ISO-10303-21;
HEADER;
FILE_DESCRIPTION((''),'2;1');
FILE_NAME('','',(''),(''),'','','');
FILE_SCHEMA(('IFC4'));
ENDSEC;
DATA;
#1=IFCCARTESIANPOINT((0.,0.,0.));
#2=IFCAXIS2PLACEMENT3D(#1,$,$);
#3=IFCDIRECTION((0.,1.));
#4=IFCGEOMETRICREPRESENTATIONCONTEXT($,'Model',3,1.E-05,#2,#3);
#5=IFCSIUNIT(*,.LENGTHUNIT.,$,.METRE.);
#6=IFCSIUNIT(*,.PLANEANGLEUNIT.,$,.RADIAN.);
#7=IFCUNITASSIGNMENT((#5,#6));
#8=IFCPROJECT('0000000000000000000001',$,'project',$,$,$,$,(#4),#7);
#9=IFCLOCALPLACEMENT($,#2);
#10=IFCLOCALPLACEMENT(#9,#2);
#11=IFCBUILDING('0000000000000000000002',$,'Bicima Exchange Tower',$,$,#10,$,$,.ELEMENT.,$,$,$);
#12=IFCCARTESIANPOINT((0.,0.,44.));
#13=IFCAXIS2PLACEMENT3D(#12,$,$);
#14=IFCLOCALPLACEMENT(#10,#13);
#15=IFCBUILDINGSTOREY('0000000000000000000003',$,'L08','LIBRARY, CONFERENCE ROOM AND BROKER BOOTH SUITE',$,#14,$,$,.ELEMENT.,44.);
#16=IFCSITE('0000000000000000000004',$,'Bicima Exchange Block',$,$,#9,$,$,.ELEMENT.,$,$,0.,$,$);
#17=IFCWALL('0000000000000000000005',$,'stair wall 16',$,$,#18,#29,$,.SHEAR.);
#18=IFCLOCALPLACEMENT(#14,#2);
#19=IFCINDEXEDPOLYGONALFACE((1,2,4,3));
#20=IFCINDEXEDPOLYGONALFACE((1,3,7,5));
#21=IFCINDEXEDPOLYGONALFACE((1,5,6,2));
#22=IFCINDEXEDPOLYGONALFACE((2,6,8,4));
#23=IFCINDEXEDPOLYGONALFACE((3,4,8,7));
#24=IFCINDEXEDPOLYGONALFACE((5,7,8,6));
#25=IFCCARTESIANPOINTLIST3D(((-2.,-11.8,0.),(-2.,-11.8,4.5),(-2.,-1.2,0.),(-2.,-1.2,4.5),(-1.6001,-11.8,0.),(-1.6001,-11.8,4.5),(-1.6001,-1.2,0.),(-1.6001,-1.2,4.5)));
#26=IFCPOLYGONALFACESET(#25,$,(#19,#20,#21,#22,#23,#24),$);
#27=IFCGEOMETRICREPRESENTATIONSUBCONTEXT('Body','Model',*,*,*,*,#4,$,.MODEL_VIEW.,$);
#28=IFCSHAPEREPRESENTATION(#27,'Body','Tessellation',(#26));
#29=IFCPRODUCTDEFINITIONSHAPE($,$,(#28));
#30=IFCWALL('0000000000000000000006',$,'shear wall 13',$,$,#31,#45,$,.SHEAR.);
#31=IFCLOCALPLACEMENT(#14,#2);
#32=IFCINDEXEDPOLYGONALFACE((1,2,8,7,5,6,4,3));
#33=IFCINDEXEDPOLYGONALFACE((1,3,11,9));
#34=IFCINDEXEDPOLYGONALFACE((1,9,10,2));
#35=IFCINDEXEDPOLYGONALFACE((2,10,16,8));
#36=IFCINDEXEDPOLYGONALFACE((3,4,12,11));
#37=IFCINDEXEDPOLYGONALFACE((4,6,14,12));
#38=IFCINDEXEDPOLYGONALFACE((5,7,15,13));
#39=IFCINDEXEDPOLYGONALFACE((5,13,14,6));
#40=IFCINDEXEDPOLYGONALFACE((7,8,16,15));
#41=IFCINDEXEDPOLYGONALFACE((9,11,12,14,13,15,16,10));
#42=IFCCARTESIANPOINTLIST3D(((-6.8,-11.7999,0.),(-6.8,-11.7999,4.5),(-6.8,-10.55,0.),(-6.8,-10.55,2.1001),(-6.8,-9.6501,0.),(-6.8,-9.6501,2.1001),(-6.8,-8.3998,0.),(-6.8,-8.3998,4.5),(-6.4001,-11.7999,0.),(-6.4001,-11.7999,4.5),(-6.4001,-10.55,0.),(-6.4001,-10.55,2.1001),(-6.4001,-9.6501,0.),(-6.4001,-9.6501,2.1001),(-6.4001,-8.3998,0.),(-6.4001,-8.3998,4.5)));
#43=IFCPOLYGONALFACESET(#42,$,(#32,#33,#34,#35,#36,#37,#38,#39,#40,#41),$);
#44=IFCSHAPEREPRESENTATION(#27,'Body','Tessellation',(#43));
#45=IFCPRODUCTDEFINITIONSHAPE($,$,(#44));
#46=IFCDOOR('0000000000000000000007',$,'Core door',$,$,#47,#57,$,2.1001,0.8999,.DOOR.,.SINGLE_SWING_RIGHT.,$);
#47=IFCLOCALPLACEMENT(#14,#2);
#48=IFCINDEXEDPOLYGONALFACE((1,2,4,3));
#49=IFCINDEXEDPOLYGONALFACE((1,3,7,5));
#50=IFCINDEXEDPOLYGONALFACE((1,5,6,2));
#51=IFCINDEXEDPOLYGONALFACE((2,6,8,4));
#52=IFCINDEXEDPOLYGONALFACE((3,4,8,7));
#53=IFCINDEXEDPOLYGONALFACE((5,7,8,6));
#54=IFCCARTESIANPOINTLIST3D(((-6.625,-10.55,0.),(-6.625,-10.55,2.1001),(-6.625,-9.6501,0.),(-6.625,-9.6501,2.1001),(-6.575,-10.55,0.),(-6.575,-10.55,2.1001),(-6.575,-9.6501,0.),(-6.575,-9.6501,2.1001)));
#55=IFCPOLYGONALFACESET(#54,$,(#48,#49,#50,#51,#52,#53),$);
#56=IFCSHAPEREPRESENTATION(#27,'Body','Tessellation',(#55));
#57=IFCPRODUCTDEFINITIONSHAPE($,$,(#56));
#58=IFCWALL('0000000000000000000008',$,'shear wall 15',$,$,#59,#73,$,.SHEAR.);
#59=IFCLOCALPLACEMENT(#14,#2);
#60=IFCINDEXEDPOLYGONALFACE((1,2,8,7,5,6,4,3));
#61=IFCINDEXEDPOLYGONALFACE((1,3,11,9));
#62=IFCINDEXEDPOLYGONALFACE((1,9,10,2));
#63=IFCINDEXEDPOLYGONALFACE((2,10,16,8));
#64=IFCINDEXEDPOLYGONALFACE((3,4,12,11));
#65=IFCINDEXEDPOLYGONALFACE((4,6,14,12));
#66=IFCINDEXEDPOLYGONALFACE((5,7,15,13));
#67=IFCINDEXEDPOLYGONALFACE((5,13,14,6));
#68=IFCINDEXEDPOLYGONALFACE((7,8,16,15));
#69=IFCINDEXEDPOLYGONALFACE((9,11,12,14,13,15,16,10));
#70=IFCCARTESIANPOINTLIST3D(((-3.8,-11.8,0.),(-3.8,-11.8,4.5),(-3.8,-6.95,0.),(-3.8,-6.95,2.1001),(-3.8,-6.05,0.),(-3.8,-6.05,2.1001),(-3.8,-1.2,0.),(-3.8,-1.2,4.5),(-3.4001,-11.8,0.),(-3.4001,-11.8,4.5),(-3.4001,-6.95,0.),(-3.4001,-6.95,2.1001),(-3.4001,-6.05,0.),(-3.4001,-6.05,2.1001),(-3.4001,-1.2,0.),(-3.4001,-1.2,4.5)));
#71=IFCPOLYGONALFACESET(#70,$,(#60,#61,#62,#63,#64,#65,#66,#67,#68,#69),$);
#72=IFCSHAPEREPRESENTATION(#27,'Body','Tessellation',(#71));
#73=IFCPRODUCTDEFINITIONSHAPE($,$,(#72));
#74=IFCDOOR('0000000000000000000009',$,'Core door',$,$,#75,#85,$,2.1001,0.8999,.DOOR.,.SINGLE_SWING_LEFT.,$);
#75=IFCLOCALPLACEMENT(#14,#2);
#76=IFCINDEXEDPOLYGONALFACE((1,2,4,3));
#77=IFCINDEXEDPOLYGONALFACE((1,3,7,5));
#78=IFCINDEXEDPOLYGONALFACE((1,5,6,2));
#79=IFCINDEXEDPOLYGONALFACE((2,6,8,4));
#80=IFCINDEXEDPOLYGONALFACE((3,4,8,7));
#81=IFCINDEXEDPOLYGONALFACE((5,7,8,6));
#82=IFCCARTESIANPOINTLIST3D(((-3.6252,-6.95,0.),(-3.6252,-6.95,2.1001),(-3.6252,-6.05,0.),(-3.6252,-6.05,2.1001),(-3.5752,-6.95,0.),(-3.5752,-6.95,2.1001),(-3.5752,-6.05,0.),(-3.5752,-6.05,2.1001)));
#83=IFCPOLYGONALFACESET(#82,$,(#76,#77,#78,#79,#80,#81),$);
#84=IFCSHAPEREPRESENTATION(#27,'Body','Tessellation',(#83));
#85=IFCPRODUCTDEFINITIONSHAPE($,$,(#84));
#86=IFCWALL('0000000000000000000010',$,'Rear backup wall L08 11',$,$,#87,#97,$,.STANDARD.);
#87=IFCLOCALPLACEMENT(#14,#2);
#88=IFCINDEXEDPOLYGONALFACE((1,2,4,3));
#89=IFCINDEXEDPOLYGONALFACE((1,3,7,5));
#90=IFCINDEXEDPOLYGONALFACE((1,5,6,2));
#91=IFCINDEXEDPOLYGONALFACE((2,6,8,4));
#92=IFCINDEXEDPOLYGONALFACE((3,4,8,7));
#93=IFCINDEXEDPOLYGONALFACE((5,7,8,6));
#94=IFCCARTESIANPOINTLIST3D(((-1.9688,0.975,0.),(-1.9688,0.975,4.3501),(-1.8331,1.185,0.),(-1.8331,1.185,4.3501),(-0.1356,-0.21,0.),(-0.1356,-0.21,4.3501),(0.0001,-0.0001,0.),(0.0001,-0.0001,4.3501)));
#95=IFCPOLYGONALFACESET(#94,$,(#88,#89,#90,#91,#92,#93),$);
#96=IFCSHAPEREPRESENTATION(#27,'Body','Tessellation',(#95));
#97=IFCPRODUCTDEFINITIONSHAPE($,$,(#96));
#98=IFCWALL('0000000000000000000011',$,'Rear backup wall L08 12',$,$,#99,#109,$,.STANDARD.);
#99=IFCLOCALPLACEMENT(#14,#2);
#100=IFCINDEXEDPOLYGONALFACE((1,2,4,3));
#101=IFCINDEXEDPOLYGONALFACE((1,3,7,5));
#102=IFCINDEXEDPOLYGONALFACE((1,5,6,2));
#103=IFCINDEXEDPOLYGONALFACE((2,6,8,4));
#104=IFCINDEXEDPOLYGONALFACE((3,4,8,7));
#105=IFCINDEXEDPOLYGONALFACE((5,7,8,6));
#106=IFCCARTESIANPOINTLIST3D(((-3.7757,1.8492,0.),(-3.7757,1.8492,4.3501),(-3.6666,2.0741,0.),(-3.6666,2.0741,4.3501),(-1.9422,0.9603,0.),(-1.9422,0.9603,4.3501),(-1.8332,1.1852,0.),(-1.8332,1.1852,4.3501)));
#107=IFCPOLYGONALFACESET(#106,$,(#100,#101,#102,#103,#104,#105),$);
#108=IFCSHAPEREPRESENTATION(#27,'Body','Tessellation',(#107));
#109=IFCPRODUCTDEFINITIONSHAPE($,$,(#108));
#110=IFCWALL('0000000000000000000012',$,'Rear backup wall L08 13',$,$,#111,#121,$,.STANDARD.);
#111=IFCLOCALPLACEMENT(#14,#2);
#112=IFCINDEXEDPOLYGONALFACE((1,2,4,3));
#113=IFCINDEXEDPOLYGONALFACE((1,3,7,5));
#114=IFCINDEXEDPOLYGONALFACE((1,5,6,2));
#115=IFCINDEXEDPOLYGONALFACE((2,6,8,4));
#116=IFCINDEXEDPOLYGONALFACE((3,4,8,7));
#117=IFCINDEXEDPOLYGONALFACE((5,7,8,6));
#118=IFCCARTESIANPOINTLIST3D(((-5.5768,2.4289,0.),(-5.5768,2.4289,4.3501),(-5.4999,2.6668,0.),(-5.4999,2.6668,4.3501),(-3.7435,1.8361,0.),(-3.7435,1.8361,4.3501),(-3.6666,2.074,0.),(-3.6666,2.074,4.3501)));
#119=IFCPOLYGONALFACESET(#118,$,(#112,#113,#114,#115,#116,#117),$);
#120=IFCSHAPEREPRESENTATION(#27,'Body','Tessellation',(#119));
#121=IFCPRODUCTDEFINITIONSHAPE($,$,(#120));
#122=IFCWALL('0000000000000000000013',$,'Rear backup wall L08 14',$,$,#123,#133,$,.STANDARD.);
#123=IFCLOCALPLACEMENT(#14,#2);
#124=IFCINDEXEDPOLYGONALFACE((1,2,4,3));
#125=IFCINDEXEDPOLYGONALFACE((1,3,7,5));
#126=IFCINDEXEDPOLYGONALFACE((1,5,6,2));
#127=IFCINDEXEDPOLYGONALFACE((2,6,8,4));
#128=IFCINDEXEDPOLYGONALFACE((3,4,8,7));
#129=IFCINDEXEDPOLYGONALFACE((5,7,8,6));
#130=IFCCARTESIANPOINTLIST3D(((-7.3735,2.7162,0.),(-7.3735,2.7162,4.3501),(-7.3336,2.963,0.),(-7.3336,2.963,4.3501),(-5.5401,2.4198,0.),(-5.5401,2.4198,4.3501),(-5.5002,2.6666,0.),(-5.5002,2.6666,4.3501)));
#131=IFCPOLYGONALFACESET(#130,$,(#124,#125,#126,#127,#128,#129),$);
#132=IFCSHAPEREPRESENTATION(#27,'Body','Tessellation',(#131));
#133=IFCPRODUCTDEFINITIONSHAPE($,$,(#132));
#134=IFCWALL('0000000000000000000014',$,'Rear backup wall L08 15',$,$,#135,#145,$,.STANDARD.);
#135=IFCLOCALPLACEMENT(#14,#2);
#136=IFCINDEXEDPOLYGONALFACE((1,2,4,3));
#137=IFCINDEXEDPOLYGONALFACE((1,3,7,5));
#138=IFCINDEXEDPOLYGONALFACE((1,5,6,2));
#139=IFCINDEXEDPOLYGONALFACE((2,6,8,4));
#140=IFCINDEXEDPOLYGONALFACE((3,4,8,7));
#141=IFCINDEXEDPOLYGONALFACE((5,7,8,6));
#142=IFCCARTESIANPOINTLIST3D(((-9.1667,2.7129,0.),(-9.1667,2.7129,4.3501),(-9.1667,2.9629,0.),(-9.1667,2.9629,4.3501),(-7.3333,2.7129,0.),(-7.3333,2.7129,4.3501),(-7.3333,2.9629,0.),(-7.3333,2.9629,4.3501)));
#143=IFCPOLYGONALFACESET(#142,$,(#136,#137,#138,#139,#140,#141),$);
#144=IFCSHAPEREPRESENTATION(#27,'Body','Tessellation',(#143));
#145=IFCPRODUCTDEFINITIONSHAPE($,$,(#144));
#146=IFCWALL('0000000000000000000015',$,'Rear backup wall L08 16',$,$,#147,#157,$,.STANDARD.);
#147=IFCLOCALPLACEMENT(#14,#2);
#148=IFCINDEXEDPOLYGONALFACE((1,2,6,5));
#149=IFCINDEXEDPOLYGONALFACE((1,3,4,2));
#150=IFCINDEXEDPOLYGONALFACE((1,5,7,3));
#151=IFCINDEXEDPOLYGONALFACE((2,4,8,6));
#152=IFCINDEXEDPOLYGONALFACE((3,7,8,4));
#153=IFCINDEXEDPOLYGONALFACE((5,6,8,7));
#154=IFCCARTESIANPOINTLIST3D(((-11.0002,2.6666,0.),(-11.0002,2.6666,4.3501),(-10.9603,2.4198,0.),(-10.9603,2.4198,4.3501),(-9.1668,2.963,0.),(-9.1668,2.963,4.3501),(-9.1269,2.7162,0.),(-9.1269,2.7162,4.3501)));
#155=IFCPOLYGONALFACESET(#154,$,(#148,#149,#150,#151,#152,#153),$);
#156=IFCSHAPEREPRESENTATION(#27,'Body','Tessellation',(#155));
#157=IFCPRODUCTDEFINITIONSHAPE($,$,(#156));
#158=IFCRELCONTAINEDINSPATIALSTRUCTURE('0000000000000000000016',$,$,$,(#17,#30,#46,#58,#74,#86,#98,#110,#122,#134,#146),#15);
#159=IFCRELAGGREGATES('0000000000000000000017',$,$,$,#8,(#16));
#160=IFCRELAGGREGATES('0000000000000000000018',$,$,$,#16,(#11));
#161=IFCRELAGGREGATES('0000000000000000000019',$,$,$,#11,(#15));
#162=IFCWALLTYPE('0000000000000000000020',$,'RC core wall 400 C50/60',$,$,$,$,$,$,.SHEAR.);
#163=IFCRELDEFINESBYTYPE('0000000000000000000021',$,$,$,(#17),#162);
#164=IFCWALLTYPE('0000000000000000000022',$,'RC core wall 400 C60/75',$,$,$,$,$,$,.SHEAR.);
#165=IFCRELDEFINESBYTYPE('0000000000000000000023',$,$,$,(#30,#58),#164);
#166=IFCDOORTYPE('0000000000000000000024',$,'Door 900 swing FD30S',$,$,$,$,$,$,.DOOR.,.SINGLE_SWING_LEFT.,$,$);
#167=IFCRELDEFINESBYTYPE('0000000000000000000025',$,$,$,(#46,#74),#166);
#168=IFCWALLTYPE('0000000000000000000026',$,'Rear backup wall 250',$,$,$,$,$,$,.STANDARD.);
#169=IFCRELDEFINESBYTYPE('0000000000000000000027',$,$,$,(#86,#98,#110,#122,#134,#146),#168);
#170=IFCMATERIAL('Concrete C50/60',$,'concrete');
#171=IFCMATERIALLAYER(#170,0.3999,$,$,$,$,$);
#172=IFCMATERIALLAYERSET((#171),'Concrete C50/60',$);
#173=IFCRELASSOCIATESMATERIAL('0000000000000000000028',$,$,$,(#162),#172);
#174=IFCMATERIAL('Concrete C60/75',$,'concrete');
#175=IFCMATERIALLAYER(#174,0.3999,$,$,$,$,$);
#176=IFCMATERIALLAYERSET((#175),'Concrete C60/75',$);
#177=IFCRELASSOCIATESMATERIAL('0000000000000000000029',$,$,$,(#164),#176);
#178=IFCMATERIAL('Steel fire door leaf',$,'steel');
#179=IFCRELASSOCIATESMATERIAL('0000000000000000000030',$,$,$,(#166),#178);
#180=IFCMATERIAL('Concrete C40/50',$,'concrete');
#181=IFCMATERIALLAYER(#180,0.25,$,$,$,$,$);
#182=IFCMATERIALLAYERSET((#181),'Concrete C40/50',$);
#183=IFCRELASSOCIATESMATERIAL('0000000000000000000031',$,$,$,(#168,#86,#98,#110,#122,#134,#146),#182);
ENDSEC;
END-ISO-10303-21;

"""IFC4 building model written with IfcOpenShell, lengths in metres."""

from ifc_helpers import new_model, si_unit, direction, frame, frame_2d, origin, place, context, subcontext, project, spatial, rectangle, extrude, material, layer, layer_set, layer_usage, type_object, element, fill, save


model = new_model("IFC4")

# Units and contexts
model_context = context("Model", 3, precision=1e-05, world=origin(), true_north=direction((0.0, 1.0)))
body_context = subcontext(model_context, "Body", "Model", "MODEL_VIEW")
ifc_project = project(units=[si_unit("LENGTHUNIT", "METRE"), si_unit("PLANEANGLEUNIT", "RADIAN")], contexts=[model_context])

# Site, building, storey
site_placement = place(None, origin())
site = spatial("IfcSite", under=ifc_project, at=site_placement, Name="Bicima Exchange Block", CompositionType="ELEMENT", RefElevation=0.0)
building_placement = place(site_placement, origin())
building = spatial("IfcBuilding", under=site, at=building_placement, Name="Bicima Exchange Tower", CompositionType="ELEMENT")
storey_placement = place(building_placement, frame((0.0, 0.0, 44.0)))
storey = spatial("IfcBuildingStorey", under=building, at=storey_placement, Name="L08", Description="LIBRARY, CONFERENCE ROOM AND BROKER BOOTH SUITE", CompositionType="ELEMENT", Elevation=44.0)

# Shared definitions
ifc_material_1 = material(Name="Concrete C40/50", Category="concrete")

# Shared definitions
ifc_material_2 = material(Name="Concrete C50/60", Category="concrete")
ifc_layer_1 = layer(ifc_material_2, 0.3999)
ifc_layer_set_1 = layer_set([ifc_layer_1], Name="Concrete C50/60")
wall_type_1 = type_object("IfcWallType", Name="RC core wall 400 C50/60", PredefinedType="SHEAR", material=ifc_layer_set_1)
ifc_material_3 = material(Name="Steel fire door leaf", Category="steel")

# Wall
wall_1_placement = place(storey_placement, frame((-1.8, -11.8, 0.0), z_axis=(0.0, 0.0, 1.0), x_axis=(0.0, 1.0, 0.0)))
element("IfcWall", 1, at=wall_1_placement, inside=storey, type_object=wall_type_1, Name="stair wall 16", PredefinedType="SHEAR", context=body_context, shape_type="SweptSolid", body=[
    extrude(rectangle(XDim=10.6001, YDim=0.3999, at=frame_2d((5.3, 0.0))), origin(), (0.0, 0.0, 1.0), 4.5),
])

# Walls, openings, doors
ifc_material_4 = material(Name="Concrete C60/75", Category="concrete")
ifc_layer_2 = layer(ifc_material_4, 0.3999)
ifc_layer_set_2 = layer_set([ifc_layer_2], Name="Concrete C60/75")
wall_type_2 = type_object("IfcWallType", Name="RC core wall 400 C60/75", PredefinedType="SHEAR", material=ifc_layer_set_2)
wall_2_placement = place(storey_placement, frame((-6.6001, -11.8, 0.0), z_axis=(0.0, 0.0, 1.0), x_axis=(0.0, 1.0, 0.0)))
wall_2 = element("IfcWall", 2, at=wall_2_placement, inside=storey, type_object=wall_type_2, Name="shear wall 13", PredefinedType="SHEAR", context=body_context, shape_type="SweptSolid", body=[
    extrude(rectangle(XDim=3.4001, YDim=0.3999, at=frame_2d((1.7002, 0.0))), origin(), (0.0, 0.0, 1.0), 4.5),
])
opening_1_placement = place(wall_2_placement, frame((1.25, 0.0, 0.0)))
opening_1 = element("IfcOpeningElement", 3, at=opening_1_placement, cuts=wall_2, PredefinedType="OPENING", context=body_context, shape_type="SweptSolid", body=[
    extrude(rectangle(XDim=0.8999, YDim=2.1001, at=frame_2d((0.45, 1.05))), frame((0.0, 0.2119, 0.0), z_axis=(0.0, -1.0, 0.0), x_axis=(1.0, 0.0, 0.0)), (0.0, 0.0, 1.0), 0.4238),
])
door_type_1 = type_object("IfcDoorType", Name="Door 900 swing FD30S", OperationType="SINGLE_SWING_LEFT", PredefinedType="DOOR", material=ifc_material_3)
door_1_placement = place(opening_1_placement, origin())
door_1 = element("IfcDoor", 4, at=door_1_placement, inside=storey, type_object=door_type_1, Name="Core door", OperationType="SINGLE_SWING_RIGHT", OverallHeight=2.1001, OverallWidth=0.8999, PredefinedType="DOOR", context=body_context, shape_type="SweptSolid", body=[
    extrude(rectangle(XDim=0.8999, YDim=2.1001, at=frame_2d((0.45, 1.05))), frame((0.0, 0.0249, 0.0), z_axis=(0.0, -1.0, 0.0), x_axis=(1.0, 0.0, 0.0)), (0.0, 0.0, 1.0), 0.05),
])
fill(opening_1, door_1)
wall_3_placement = place(storey_placement, frame((-3.6001, -11.8, 0.0), z_axis=(0.0, 0.0, 1.0), x_axis=(0.0, 1.0, 0.0)))
wall_3 = element("IfcWall", 5, at=wall_3_placement, inside=storey, type_object=wall_type_2, Name="shear wall 15", PredefinedType="SHEAR", context=body_context, shape_type="SweptSolid", body=[
    extrude(rectangle(XDim=10.6001, YDim=0.3999, at=frame_2d((5.3, 0.0))), origin(), (0.0, 0.0, 1.0), 4.5),
])
opening_2_placement = place(wall_3_placement, frame((4.8501, 0.0, 0.0)))
opening_2 = element("IfcOpeningElement", 6, at=opening_2_placement, cuts=wall_3, PredefinedType="OPENING", context=body_context, shape_type="SweptSolid", body=[
    extrude(rectangle(XDim=0.8999, YDim=2.1001, at=frame_2d((0.45, 1.05))), frame((0.0, 0.2119, 0.0), z_axis=(0.0, -1.0, 0.0), x_axis=(1.0, 0.0, 0.0)), (0.0, 0.0, 1.0), 0.4238),
])
door_2_placement = place(opening_2_placement, frame((0.8999, 0.0, 0.0), z_axis=(0.0, 0.0, 1.0), x_axis=(-1.0, 0.0, 0.0)))
door_2 = element("IfcDoor", 7, at=door_2_placement, inside=storey, type_object=door_type_1, Name="Core door", OperationType="SINGLE_SWING_LEFT", OverallHeight=2.1001, OverallWidth=0.8999, PredefinedType="DOOR", context=body_context, shape_type="SweptSolid", body=[
    extrude(rectangle(XDim=0.8999, YDim=2.1001, at=frame_2d((0.45, 1.05))), frame((0.0, 0.0249, 0.0), z_axis=(0.0, -1.0, 0.0), x_axis=(1.0, 0.0, 0.0)), (0.0, 0.0, 1.0), 0.05),
])
fill(opening_2, door_2)

# Walls
ifc_layer_3 = layer(ifc_material_1, 0.25)
ifc_layer_set_3 = layer_set([ifc_layer_3], Name="Concrete C40/50")
ifc_layer_usage = layer_usage(ifc_layer_set_3, "AXIS2", "POSITIVE", -0.125)
wall_type_3 = type_object("IfcWallType", Name="Rear backup wall 250", PredefinedType="STANDARD", material=ifc_layer_set_3)
wall_4_placement = place(storey_placement, frame((-0.0679, -0.105, 0.0), z_axis=(0.0, 0.0, 1.0), x_axis=(-0.839813, 0.542876, 0.0)))
element("IfcWall", 8, at=wall_4_placement, inside=storey, type_object=wall_type_3, material=ifc_layer_usage, Name="Rear backup wall L08 11", PredefinedType="STANDARD", context=body_context, shape_type="SweptSolid", body=[
    extrude(rectangle(XDim=2.1829, YDim=0.25, at=frame_2d((1.0913, 0.0))), origin(), (0.0, 0.0, 1.0), 4.3501),
])
wall_5_placement = place(storey_placement, frame((-1.8877, 1.0728, 0.0), z_axis=(0.0, 0.0, 1.0), x_axis=(-0.899824, 0.436253, 0.0)))
element("IfcWall", 9, at=wall_5_placement, inside=storey, type_object=wall_type_3, material=ifc_layer_usage, Name="Rear backup wall L08 12", PredefinedType="STANDARD", context=body_context, shape_type="SweptSolid", body=[
    extrude(rectangle(XDim=2.0376, YDim=0.25, at=frame_2d((1.0188, 0.0))), origin(), (0.0, 0.0, 1.0), 4.3501),
])
wall_6_placement = place(storey_placement, frame((-3.7051, 1.9551, 0.0), z_axis=(0.0, 0.0, 1.0), x_axis=(-0.951496, 0.307662, 0.0)))
element("IfcWall", 10, at=wall_6_placement, inside=storey, type_object=wall_type_3, material=ifc_layer_usage, Name="Rear backup wall L08 13", PredefinedType="STANDARD", context=body_context, shape_type="SweptSolid", body=[
    extrude(rectangle(XDim=1.9268, YDim=0.25, at=frame_2d((0.9634, 0.0))), origin(), (0.0, 0.0, 1.0), 4.3501),
])
wall_7_placement = place(storey_placement, frame((-5.52, 2.5432, 0.0), z_axis=(0.0, 0.0, 1.0), x_axis=(-0.987182, 0.1596, 0.0)))
element("IfcWall", 11, at=wall_7_placement, inside=storey, type_object=wall_type_3, material=ifc_layer_usage, Name="Rear backup wall L08 14", PredefinedType="STANDARD", context=body_context, shape_type="SweptSolid", body=[
    extrude(rectangle(XDim=1.8572, YDim=0.25, at=frame_2d((0.9287, 0.0))), origin(), (0.0, 0.0, 1.0), 4.3501),
])
wall_8_placement = place(storey_placement, frame((-7.3333, 2.8379, 0.0), z_axis=(0.0, 0.0, 1.0), x_axis=(-1.0, 0.0, 0.0)))
element("IfcWall", 12, at=wall_8_placement, inside=storey, type_object=wall_type_3, material=ifc_layer_usage, Name="Rear backup wall L08 15", PredefinedType="STANDARD", context=body_context, shape_type="SweptSolid", body=[
    extrude(rectangle(XDim=1.8335, YDim=0.25, at=frame_2d((0.9167, 0.0))), origin(), (0.0, 0.0, 1.0), 4.3501),
])
wall_9_placement = place(storey_placement, frame((-9.1467, 2.8396, 0.0), z_axis=(0.0, 0.0, 1.0), x_axis=(-0.987182, -0.1596, 0.0)))
element("IfcWall", 13, at=wall_9_placement, inside=storey, type_object=wall_type_3, material=ifc_layer_usage, Name="Rear backup wall L08 16", PredefinedType="STANDARD", context=body_context, shape_type="SweptSolid", body=[
    extrude(rectangle(XDim=1.8572, YDim=0.25, at=frame_2d((0.9287, 0.0))), origin(), (0.0, 0.0, 1.0), 4.3501),
])

save(model, "model.ifc")
